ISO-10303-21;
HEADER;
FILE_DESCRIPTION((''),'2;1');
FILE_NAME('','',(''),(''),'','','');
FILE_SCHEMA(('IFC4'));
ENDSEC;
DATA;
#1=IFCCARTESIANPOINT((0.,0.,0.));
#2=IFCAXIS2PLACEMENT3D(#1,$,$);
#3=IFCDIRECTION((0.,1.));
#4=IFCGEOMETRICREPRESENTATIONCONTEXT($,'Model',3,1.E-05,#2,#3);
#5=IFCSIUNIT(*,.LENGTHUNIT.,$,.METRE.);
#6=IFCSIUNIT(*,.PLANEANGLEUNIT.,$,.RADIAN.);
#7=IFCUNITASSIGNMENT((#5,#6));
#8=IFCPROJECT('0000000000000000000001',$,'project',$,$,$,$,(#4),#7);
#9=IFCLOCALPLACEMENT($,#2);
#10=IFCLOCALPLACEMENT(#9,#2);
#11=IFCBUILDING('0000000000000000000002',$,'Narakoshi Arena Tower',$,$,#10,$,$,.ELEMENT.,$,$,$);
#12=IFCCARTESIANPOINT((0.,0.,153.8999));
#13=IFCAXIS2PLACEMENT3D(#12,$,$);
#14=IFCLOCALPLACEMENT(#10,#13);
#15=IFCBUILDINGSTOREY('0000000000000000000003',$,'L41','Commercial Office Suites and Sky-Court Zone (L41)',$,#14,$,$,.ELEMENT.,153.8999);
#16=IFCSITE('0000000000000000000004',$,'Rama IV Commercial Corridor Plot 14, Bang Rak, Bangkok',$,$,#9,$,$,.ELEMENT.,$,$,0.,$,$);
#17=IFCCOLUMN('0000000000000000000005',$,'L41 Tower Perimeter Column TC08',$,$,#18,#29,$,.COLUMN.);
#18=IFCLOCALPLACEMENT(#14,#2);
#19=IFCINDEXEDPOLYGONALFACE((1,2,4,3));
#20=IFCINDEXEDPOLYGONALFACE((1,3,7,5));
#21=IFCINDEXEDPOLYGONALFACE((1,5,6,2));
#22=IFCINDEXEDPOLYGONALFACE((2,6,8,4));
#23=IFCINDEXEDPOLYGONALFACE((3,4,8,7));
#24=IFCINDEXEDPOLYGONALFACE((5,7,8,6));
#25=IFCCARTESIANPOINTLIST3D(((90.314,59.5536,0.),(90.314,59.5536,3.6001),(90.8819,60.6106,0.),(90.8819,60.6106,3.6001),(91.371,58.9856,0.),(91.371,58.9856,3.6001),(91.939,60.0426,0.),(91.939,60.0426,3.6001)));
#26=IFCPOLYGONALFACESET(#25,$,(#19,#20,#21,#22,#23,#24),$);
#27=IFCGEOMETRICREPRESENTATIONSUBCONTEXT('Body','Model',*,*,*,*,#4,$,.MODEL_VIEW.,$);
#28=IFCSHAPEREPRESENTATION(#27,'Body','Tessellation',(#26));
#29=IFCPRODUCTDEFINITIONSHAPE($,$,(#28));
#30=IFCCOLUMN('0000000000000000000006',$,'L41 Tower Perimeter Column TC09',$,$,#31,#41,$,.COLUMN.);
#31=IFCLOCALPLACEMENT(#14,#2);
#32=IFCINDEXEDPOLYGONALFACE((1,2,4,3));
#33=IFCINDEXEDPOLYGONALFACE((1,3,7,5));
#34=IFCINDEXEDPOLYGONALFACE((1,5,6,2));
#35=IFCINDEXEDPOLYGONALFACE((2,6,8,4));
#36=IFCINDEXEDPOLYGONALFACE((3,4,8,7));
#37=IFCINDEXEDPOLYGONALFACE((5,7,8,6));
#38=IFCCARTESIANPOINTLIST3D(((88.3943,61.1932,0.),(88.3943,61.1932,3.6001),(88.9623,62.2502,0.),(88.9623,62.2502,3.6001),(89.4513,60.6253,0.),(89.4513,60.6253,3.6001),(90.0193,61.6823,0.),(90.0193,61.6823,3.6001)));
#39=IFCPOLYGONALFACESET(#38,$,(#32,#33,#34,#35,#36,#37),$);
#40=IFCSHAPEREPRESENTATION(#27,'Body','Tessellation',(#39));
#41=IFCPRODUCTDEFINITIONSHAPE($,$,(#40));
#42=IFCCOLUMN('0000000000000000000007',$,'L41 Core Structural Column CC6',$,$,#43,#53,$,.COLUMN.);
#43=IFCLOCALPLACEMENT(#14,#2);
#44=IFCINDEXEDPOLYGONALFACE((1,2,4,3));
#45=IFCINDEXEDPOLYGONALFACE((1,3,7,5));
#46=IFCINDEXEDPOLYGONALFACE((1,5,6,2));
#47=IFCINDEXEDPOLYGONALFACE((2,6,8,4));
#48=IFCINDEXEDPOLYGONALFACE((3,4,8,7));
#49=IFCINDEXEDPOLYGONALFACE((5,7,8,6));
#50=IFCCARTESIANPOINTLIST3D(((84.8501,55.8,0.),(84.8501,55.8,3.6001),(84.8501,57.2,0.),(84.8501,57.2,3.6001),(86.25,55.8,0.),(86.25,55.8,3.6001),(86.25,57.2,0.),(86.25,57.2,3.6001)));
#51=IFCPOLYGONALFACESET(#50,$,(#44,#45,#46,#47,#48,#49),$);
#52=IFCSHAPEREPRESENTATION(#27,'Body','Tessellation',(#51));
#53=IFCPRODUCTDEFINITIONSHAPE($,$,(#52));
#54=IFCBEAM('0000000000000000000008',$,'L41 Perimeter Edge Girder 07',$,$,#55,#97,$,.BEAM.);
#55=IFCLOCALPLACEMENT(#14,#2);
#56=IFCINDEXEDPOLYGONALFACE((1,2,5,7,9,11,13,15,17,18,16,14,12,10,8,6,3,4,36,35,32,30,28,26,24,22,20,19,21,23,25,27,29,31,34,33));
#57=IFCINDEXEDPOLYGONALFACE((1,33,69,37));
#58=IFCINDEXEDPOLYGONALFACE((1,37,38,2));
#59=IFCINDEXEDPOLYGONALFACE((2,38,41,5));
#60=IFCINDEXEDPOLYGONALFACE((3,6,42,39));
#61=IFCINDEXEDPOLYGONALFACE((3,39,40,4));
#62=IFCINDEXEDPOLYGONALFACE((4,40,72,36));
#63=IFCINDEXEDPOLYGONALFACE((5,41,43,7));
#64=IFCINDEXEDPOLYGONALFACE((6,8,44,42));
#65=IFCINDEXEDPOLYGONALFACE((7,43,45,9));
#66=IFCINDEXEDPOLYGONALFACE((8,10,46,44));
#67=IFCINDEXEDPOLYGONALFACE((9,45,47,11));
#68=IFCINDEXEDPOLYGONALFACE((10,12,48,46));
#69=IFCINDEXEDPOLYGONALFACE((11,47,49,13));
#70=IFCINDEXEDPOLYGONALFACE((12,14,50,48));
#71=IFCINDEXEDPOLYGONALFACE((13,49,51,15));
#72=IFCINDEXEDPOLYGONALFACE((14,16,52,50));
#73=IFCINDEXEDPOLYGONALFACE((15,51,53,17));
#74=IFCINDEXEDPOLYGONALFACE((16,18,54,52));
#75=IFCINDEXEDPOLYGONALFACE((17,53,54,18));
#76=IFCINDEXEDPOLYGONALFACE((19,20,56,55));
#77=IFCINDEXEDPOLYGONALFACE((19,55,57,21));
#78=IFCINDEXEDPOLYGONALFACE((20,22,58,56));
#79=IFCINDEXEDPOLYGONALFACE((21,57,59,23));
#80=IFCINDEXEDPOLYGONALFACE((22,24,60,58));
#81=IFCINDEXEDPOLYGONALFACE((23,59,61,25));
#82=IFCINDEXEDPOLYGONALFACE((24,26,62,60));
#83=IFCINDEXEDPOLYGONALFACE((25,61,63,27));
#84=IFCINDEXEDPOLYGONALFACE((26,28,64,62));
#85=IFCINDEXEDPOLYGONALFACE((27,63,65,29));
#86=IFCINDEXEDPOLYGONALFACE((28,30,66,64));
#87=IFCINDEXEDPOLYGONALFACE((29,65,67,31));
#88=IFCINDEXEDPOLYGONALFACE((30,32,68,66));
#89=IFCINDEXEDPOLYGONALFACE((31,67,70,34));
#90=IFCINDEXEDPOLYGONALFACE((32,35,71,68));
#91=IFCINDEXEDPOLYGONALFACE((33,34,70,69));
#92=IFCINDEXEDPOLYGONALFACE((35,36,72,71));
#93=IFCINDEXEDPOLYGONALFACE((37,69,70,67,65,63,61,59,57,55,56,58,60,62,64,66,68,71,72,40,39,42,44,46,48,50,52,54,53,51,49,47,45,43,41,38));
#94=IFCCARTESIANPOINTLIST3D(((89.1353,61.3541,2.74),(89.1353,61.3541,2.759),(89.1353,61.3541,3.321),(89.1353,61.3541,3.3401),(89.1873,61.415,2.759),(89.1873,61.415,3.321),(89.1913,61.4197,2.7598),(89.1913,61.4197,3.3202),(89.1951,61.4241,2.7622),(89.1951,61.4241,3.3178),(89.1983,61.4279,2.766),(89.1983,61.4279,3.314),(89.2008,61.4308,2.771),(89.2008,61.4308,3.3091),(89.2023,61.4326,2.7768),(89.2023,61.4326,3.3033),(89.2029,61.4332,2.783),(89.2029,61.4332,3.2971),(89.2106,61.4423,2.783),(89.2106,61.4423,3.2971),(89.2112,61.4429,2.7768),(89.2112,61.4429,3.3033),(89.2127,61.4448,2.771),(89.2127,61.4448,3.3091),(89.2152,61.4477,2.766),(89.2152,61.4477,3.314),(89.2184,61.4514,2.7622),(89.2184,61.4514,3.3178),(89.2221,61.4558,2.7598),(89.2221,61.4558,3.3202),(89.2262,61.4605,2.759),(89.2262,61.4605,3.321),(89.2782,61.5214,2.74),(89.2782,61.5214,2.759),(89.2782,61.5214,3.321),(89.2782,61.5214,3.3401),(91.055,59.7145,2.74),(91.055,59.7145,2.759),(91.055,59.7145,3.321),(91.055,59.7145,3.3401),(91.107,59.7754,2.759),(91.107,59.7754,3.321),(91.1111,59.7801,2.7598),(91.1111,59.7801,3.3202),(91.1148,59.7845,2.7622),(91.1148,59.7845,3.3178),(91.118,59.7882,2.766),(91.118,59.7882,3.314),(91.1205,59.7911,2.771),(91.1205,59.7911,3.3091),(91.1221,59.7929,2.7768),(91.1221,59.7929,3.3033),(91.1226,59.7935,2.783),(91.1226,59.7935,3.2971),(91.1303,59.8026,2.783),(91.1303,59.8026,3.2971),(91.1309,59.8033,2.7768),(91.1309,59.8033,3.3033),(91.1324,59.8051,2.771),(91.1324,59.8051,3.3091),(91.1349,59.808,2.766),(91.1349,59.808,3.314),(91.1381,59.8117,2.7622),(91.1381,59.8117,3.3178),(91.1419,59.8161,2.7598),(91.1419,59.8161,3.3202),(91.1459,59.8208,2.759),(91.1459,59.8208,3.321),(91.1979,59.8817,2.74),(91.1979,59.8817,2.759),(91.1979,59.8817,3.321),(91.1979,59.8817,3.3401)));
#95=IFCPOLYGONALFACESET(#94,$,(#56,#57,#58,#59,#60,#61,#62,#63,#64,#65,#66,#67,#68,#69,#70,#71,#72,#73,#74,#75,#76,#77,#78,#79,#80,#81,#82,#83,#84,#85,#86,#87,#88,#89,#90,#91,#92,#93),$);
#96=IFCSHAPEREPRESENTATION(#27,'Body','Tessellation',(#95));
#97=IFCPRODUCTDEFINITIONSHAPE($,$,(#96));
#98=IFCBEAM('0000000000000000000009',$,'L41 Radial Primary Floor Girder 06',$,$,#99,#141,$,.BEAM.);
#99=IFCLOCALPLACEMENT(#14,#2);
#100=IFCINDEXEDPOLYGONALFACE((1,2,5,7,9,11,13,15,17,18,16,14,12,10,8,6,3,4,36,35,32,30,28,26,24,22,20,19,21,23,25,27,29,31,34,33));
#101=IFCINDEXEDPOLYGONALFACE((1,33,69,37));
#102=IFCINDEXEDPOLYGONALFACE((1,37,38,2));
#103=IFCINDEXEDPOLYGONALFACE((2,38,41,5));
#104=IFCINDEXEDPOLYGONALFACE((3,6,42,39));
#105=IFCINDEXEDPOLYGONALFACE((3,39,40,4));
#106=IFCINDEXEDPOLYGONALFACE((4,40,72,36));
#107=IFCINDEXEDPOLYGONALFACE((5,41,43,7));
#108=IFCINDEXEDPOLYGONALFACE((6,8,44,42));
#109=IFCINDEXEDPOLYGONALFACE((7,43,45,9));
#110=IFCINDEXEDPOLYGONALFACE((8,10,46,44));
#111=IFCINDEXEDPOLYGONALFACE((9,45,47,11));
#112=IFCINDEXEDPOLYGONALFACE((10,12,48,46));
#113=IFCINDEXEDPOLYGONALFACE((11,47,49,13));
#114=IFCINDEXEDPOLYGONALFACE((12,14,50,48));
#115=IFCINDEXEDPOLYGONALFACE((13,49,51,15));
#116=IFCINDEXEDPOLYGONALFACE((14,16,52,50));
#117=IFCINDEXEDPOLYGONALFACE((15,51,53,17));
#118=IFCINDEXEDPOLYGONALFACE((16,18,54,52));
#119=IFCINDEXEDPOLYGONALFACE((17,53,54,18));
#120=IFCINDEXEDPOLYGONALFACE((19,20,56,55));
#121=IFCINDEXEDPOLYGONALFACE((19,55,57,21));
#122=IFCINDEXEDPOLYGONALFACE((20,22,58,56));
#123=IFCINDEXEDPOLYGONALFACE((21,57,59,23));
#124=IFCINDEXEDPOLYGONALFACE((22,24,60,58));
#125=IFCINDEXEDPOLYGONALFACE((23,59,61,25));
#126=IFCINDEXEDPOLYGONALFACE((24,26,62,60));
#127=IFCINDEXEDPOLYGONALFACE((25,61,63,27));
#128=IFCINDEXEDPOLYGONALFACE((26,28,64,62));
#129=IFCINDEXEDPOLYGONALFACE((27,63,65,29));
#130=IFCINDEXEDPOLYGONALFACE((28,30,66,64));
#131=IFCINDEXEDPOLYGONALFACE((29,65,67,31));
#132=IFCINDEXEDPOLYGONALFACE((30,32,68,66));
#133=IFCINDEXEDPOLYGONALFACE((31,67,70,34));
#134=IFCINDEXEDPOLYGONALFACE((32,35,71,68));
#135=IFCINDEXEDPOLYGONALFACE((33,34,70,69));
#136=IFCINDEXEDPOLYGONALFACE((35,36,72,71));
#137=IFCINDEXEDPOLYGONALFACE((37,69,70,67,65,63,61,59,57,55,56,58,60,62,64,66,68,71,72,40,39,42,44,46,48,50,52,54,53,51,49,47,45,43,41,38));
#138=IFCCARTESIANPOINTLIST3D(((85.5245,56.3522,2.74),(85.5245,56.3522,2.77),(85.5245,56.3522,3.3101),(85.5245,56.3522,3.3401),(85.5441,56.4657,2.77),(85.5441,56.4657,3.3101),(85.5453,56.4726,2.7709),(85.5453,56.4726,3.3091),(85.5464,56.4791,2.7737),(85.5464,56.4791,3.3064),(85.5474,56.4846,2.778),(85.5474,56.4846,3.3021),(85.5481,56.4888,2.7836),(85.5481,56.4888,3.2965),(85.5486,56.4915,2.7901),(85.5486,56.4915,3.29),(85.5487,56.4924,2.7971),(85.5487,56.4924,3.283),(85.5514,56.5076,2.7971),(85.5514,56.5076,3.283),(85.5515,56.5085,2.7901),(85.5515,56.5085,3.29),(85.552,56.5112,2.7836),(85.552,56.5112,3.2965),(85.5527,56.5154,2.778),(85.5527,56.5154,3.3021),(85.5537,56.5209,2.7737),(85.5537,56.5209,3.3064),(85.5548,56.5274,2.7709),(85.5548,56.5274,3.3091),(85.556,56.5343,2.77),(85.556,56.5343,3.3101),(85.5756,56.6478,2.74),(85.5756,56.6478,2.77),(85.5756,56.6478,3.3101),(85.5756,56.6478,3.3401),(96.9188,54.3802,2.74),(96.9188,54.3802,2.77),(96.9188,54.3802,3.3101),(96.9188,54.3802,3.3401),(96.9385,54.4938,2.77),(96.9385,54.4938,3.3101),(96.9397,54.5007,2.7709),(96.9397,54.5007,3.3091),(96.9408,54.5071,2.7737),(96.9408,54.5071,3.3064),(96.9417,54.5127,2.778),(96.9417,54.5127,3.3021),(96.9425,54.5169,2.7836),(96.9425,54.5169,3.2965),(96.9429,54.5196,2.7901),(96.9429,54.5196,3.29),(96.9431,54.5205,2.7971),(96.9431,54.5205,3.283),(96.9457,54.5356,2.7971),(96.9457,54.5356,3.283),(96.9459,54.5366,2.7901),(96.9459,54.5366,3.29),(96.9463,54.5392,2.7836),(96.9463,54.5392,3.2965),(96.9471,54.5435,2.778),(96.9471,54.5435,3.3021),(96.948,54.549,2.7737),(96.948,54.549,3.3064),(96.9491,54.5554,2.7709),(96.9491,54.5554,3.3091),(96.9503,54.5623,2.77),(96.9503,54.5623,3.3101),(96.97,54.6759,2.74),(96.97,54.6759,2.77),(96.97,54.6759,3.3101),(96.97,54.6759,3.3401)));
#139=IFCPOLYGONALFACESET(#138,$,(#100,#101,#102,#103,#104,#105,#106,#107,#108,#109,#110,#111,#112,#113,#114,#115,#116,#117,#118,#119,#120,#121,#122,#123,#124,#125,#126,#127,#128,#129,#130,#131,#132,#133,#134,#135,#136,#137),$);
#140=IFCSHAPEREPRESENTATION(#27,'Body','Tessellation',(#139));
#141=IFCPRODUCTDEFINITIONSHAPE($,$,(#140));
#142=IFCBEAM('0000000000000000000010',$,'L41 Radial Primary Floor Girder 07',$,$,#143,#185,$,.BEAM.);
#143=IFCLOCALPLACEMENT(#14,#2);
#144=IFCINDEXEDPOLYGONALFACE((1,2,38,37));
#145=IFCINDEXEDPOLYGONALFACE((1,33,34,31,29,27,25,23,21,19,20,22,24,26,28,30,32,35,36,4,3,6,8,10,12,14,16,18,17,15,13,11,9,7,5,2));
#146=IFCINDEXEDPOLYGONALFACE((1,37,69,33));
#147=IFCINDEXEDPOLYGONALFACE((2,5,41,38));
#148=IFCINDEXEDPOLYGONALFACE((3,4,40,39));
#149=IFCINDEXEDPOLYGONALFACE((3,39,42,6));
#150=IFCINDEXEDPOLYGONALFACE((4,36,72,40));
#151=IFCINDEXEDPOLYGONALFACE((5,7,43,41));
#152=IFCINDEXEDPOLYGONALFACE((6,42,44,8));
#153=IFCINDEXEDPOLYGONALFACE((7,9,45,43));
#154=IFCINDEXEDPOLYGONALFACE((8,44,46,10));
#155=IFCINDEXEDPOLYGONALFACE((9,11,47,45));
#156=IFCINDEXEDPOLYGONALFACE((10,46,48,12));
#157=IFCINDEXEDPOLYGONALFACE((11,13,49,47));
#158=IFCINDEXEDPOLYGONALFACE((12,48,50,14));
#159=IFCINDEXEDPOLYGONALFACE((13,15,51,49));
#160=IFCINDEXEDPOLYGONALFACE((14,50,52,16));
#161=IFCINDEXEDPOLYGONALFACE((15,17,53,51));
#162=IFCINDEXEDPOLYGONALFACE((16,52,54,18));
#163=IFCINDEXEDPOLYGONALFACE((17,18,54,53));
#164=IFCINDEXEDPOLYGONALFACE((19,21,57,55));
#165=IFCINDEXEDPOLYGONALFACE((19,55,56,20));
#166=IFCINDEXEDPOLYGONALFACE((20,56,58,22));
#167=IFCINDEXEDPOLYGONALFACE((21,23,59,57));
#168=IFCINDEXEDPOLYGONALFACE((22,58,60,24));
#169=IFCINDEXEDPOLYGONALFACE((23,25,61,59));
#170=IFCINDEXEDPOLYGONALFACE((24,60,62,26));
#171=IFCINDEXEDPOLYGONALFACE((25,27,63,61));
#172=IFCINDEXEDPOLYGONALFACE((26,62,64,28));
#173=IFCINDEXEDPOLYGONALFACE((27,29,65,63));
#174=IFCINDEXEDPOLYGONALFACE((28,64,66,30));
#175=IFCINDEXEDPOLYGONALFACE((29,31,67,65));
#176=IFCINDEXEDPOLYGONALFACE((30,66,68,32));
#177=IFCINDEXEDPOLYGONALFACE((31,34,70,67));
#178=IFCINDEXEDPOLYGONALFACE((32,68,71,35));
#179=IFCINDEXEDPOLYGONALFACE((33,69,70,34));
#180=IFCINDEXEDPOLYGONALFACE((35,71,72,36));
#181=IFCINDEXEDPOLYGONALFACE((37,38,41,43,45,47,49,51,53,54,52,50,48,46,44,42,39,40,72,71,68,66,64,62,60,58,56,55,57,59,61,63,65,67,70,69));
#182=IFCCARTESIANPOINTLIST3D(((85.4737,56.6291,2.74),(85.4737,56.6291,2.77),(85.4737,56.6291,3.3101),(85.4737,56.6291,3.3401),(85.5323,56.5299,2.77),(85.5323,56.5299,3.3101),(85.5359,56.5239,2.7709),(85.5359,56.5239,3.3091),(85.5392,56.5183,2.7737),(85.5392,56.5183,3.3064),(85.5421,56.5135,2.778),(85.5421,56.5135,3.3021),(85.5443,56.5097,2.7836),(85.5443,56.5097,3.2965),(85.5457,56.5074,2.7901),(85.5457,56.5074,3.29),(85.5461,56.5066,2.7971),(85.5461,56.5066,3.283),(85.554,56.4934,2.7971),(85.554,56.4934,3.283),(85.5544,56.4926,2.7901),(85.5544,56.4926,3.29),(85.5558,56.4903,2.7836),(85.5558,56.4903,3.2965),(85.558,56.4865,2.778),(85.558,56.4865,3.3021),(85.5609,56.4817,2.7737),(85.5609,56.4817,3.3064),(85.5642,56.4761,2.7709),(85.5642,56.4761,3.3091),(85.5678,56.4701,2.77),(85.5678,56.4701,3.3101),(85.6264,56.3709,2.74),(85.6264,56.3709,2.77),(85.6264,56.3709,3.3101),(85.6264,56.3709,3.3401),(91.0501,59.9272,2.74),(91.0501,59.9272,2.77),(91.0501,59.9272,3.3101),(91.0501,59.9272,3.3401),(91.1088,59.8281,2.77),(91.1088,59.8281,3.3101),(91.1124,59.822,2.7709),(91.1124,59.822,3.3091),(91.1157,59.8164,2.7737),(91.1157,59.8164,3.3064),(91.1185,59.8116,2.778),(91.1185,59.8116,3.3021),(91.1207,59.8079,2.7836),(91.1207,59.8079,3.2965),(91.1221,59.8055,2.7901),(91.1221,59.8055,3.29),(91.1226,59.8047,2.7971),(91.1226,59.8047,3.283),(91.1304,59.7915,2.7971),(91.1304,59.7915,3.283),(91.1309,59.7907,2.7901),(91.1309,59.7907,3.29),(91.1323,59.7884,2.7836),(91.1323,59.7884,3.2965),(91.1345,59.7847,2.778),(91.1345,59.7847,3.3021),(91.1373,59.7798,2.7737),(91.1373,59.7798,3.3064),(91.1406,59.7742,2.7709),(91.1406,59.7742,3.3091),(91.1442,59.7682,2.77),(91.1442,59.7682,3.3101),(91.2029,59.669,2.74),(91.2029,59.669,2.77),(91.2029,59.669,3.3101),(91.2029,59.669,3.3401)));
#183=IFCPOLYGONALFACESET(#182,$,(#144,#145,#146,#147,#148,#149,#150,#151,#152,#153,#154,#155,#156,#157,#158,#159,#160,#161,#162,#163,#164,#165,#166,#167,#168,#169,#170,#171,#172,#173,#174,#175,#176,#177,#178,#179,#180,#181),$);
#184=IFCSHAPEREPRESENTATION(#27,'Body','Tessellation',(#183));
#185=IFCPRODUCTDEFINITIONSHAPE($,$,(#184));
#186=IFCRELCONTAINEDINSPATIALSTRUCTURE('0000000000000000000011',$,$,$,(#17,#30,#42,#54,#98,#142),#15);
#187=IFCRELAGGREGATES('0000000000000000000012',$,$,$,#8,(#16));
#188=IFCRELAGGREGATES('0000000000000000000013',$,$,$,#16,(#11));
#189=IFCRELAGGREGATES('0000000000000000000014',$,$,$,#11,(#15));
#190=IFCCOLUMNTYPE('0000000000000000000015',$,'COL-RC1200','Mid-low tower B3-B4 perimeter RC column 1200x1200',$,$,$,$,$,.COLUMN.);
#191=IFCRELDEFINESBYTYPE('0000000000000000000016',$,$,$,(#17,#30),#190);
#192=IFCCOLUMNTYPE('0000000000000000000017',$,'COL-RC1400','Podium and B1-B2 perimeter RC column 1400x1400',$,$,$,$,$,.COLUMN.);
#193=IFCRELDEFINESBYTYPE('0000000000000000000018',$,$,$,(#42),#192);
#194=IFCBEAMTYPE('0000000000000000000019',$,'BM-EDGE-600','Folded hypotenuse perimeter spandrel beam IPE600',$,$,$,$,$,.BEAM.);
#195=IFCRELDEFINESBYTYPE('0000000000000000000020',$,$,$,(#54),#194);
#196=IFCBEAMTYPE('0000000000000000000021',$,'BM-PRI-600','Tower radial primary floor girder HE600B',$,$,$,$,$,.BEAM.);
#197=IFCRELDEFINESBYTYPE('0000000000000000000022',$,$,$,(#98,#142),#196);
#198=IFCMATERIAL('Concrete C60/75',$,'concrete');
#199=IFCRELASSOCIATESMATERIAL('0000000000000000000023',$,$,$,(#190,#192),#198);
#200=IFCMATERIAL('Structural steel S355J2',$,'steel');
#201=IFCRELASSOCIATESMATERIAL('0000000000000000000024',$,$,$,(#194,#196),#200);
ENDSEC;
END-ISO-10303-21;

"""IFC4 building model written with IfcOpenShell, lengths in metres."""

from ifc_helpers import new_model, si_unit, direction, frame, origin, origin_2d, place, context, subcontext, project, spatial, rectangle, i_section, extrude, material, material_profile, profile_set, type_object, element, save


model = new_model("IFC4")

# Units and contexts
model_context = context("Model", 3, precision=1e-05, world=origin(), true_north=direction((0.0, 1.0)))
body_context = subcontext(model_context, "Body", "Model", "MODEL_VIEW")
ifc_project = project(units=[si_unit("LENGTHUNIT", "METRE"), si_unit("PLANEANGLEUNIT", "RADIAN")], contexts=[model_context])

# Site, building, storey
site_placement = place(None, origin())
site = spatial("IfcSite", under=ifc_project, at=site_placement, Name="Rama IV Commercial Corridor Plot 14, Bang Rak, Bangkok", CompositionType="ELEMENT", RefElevation=0.0)
building_placement = place(site_placement, origin())
building = spatial("IfcBuilding", under=site, at=building_placement, Name="Narakoshi Arena Tower", CompositionType="ELEMENT")
storey_placement = place(building_placement, frame((0.0, 0.0, 153.8999)))
storey = spatial("IfcBuildingStorey", under=building, at=storey_placement, Name="L41", Description="Commercial Office Suites and Sky-Court Zone (L41)", CompositionType="ELEMENT", Elevation=153.8999)

# Columns
ifc_material_1 = material(Name="Concrete C60/75", Category="concrete")
ifc_material_profile_1 = material_profile(ifc_material_1, rectangle(XDim=1.2, YDim=1.2, at=origin_2d()), Name="RC1200x1200")
ifc_profile_set_1 = profile_set([ifc_material_profile_1], Name="Concrete C60/75")
column_type_1 = type_object("IfcColumnType", Name="COL-RC1200", Description="Mid-low tower B3-B4 perimeter RC column 1200x1200", PredefinedType="COLUMN", material=ifc_profile_set_1)
for number, where, z_axis, x_axis, name in (
    (1, (91.1265, 59.7981, 0.0), (0.0, 0.0, 1.0), (0.47332, 0.880891, 0.0), "L41 Tower Perimeter Column TC08"),
    (2, (89.2068, 61.4377, 0.0), (0.0, 0.0, 1.0), (0.47332, 0.880891, 0.0), "L41 Tower Perimeter Column TC09"),
):
    element("IfcColumn", number, at=place(storey_placement, frame(where, z_axis=z_axis, x_axis=x_axis)), inside=storey, type_object=column_type_1, Name=name, PredefinedType="COLUMN", context=body_context, shape_type="SweptSolid", body=[
        extrude(rectangle(XDim=1.2, YDim=1.2, at=origin_2d()), origin(), (0.0, 0.0, 1.0), 3.6001),
    ])
ifc_material_profile_2 = material_profile(ifc_material_1, rectangle(XDim=1.3999, YDim=1.3999, at=origin_2d()), Name="RC1400x1400")
ifc_profile_set_2 = profile_set([ifc_material_profile_2], Name="Concrete C60/75")
column_type_2 = type_object("IfcColumnType", Name="COL-RC1400", Description="Podium and B1-B2 perimeter RC column 1400x1400", PredefinedType="COLUMN", material=ifc_profile_set_2)
column_placement = place(storey_placement, frame((85.55, 56.5, 0.0), z_axis=(0.0, 0.0, 1.0), x_axis=(1.0, 0.0, 0.0)))
element("IfcColumn", 3, at=column_placement, inside=storey, type_object=column_type_2, Name="L41 Core Structural Column CC6", PredefinedType="COLUMN", context=body_context, shape_type="SweptSolid", body=[
    extrude(rectangle(XDim=1.3999, YDim=1.3999, at=origin_2d()), origin(), (0.0, 0.0, 1.0), 3.6001),
])

# Beams
ifc_material_2 = material(Name="Structural steel S355J2", Category="steel")
ifc_material_profile_3 = material_profile(ifc_material_2, i_section(OverallWidth=0.22, OverallDepth=0.6001, WebThickness=0.012, FlangeThickness=0.019, FilletRadius=0.0239, at=origin_2d()), Name="IPE600")
ifc_profile_set_3 = profile_set([ifc_material_profile_3], Name="Structural steel S355J2")
beam_type_1 = type_object("IfcBeamType", Name="BM-EDGE-600", Description="Folded hypotenuse perimeter spandrel beam IPE600", PredefinedType="BEAM", material=ifc_profile_set_3)
beam_1_placement = place(storey_placement, frame((91.1265, 59.7981, 3.04), z_axis=(-0.760389, 0.649468, 0.0), x_axis=(-0.649468, -0.760389, 0.0)))
element("IfcBeam", 4, at=beam_1_placement, inside=storey, type_object=beam_type_1, Name="L41 Perimeter Edge Girder 07", PredefinedType="BEAM", context=body_context, shape_type="SweptSolid", body=[
    extrude(i_section(OverallWidth=0.22, OverallDepth=0.6001, WebThickness=0.012, FlangeThickness=0.019, FilletRadius=0.0239, at=origin_2d()), origin(), (0.0, 0.0, 1.0), 2.5247),
])
ifc_material_profile_4 = material_profile(ifc_material_2, i_section(OverallWidth=0.3, OverallDepth=0.6001, WebThickness=0.0154, FlangeThickness=0.03, FilletRadius=0.0271, at=origin_2d()), Name="HE600B")
ifc_profile_set_4 = profile_set([ifc_material_profile_4], Name="Structural steel S355J2")
beam_type_2 = type_object("IfcBeamType", Name="BM-PRI-600", Description="Tower radial primary floor girder HE600B", PredefinedType="BEAM", material=ifc_profile_set_4)
beam_2_placement = place(storey_placement, frame((85.55, 56.5, 3.04), z_axis=(0.985353, -0.170528, 0.0), x_axis=(0.170528, 0.985353, 0.0)))
element("IfcBeam", 5, at=beam_2_placement, inside=storey, type_object=beam_type_2, Name="L41 Radial Primary Floor Girder 06", PredefinedType="BEAM", context=body_context, shape_type="SweptSolid", body=[
    extrude(i_section(OverallWidth=0.3, OverallDepth=0.6001, WebThickness=0.0154, FlangeThickness=0.03, FilletRadius=0.0271, at=origin_2d()), origin(), (0.0, 0.0, 1.0), 11.5637),
])
beam_3_placement = place(storey_placement, frame((85.55, 56.5, 3.04), z_axis=(0.860728, 0.509066, 0.0), x_axis=(-0.509066, 0.860728, 0.0)))
element("IfcBeam", 6, at=beam_3_placement, inside=storey, type_object=beam_type_2, Name="L41 Radial Primary Floor Girder 07", PredefinedType="BEAM", context=body_context, shape_type="SweptSolid", body=[
    extrude(i_section(OverallWidth=0.3, OverallDepth=0.6001, WebThickness=0.0154, FlangeThickness=0.03, FilletRadius=0.0271, at=origin_2d()), origin(), (0.0, 0.0, 1.0), 6.4788),
])

save(model, "model.ifc")
